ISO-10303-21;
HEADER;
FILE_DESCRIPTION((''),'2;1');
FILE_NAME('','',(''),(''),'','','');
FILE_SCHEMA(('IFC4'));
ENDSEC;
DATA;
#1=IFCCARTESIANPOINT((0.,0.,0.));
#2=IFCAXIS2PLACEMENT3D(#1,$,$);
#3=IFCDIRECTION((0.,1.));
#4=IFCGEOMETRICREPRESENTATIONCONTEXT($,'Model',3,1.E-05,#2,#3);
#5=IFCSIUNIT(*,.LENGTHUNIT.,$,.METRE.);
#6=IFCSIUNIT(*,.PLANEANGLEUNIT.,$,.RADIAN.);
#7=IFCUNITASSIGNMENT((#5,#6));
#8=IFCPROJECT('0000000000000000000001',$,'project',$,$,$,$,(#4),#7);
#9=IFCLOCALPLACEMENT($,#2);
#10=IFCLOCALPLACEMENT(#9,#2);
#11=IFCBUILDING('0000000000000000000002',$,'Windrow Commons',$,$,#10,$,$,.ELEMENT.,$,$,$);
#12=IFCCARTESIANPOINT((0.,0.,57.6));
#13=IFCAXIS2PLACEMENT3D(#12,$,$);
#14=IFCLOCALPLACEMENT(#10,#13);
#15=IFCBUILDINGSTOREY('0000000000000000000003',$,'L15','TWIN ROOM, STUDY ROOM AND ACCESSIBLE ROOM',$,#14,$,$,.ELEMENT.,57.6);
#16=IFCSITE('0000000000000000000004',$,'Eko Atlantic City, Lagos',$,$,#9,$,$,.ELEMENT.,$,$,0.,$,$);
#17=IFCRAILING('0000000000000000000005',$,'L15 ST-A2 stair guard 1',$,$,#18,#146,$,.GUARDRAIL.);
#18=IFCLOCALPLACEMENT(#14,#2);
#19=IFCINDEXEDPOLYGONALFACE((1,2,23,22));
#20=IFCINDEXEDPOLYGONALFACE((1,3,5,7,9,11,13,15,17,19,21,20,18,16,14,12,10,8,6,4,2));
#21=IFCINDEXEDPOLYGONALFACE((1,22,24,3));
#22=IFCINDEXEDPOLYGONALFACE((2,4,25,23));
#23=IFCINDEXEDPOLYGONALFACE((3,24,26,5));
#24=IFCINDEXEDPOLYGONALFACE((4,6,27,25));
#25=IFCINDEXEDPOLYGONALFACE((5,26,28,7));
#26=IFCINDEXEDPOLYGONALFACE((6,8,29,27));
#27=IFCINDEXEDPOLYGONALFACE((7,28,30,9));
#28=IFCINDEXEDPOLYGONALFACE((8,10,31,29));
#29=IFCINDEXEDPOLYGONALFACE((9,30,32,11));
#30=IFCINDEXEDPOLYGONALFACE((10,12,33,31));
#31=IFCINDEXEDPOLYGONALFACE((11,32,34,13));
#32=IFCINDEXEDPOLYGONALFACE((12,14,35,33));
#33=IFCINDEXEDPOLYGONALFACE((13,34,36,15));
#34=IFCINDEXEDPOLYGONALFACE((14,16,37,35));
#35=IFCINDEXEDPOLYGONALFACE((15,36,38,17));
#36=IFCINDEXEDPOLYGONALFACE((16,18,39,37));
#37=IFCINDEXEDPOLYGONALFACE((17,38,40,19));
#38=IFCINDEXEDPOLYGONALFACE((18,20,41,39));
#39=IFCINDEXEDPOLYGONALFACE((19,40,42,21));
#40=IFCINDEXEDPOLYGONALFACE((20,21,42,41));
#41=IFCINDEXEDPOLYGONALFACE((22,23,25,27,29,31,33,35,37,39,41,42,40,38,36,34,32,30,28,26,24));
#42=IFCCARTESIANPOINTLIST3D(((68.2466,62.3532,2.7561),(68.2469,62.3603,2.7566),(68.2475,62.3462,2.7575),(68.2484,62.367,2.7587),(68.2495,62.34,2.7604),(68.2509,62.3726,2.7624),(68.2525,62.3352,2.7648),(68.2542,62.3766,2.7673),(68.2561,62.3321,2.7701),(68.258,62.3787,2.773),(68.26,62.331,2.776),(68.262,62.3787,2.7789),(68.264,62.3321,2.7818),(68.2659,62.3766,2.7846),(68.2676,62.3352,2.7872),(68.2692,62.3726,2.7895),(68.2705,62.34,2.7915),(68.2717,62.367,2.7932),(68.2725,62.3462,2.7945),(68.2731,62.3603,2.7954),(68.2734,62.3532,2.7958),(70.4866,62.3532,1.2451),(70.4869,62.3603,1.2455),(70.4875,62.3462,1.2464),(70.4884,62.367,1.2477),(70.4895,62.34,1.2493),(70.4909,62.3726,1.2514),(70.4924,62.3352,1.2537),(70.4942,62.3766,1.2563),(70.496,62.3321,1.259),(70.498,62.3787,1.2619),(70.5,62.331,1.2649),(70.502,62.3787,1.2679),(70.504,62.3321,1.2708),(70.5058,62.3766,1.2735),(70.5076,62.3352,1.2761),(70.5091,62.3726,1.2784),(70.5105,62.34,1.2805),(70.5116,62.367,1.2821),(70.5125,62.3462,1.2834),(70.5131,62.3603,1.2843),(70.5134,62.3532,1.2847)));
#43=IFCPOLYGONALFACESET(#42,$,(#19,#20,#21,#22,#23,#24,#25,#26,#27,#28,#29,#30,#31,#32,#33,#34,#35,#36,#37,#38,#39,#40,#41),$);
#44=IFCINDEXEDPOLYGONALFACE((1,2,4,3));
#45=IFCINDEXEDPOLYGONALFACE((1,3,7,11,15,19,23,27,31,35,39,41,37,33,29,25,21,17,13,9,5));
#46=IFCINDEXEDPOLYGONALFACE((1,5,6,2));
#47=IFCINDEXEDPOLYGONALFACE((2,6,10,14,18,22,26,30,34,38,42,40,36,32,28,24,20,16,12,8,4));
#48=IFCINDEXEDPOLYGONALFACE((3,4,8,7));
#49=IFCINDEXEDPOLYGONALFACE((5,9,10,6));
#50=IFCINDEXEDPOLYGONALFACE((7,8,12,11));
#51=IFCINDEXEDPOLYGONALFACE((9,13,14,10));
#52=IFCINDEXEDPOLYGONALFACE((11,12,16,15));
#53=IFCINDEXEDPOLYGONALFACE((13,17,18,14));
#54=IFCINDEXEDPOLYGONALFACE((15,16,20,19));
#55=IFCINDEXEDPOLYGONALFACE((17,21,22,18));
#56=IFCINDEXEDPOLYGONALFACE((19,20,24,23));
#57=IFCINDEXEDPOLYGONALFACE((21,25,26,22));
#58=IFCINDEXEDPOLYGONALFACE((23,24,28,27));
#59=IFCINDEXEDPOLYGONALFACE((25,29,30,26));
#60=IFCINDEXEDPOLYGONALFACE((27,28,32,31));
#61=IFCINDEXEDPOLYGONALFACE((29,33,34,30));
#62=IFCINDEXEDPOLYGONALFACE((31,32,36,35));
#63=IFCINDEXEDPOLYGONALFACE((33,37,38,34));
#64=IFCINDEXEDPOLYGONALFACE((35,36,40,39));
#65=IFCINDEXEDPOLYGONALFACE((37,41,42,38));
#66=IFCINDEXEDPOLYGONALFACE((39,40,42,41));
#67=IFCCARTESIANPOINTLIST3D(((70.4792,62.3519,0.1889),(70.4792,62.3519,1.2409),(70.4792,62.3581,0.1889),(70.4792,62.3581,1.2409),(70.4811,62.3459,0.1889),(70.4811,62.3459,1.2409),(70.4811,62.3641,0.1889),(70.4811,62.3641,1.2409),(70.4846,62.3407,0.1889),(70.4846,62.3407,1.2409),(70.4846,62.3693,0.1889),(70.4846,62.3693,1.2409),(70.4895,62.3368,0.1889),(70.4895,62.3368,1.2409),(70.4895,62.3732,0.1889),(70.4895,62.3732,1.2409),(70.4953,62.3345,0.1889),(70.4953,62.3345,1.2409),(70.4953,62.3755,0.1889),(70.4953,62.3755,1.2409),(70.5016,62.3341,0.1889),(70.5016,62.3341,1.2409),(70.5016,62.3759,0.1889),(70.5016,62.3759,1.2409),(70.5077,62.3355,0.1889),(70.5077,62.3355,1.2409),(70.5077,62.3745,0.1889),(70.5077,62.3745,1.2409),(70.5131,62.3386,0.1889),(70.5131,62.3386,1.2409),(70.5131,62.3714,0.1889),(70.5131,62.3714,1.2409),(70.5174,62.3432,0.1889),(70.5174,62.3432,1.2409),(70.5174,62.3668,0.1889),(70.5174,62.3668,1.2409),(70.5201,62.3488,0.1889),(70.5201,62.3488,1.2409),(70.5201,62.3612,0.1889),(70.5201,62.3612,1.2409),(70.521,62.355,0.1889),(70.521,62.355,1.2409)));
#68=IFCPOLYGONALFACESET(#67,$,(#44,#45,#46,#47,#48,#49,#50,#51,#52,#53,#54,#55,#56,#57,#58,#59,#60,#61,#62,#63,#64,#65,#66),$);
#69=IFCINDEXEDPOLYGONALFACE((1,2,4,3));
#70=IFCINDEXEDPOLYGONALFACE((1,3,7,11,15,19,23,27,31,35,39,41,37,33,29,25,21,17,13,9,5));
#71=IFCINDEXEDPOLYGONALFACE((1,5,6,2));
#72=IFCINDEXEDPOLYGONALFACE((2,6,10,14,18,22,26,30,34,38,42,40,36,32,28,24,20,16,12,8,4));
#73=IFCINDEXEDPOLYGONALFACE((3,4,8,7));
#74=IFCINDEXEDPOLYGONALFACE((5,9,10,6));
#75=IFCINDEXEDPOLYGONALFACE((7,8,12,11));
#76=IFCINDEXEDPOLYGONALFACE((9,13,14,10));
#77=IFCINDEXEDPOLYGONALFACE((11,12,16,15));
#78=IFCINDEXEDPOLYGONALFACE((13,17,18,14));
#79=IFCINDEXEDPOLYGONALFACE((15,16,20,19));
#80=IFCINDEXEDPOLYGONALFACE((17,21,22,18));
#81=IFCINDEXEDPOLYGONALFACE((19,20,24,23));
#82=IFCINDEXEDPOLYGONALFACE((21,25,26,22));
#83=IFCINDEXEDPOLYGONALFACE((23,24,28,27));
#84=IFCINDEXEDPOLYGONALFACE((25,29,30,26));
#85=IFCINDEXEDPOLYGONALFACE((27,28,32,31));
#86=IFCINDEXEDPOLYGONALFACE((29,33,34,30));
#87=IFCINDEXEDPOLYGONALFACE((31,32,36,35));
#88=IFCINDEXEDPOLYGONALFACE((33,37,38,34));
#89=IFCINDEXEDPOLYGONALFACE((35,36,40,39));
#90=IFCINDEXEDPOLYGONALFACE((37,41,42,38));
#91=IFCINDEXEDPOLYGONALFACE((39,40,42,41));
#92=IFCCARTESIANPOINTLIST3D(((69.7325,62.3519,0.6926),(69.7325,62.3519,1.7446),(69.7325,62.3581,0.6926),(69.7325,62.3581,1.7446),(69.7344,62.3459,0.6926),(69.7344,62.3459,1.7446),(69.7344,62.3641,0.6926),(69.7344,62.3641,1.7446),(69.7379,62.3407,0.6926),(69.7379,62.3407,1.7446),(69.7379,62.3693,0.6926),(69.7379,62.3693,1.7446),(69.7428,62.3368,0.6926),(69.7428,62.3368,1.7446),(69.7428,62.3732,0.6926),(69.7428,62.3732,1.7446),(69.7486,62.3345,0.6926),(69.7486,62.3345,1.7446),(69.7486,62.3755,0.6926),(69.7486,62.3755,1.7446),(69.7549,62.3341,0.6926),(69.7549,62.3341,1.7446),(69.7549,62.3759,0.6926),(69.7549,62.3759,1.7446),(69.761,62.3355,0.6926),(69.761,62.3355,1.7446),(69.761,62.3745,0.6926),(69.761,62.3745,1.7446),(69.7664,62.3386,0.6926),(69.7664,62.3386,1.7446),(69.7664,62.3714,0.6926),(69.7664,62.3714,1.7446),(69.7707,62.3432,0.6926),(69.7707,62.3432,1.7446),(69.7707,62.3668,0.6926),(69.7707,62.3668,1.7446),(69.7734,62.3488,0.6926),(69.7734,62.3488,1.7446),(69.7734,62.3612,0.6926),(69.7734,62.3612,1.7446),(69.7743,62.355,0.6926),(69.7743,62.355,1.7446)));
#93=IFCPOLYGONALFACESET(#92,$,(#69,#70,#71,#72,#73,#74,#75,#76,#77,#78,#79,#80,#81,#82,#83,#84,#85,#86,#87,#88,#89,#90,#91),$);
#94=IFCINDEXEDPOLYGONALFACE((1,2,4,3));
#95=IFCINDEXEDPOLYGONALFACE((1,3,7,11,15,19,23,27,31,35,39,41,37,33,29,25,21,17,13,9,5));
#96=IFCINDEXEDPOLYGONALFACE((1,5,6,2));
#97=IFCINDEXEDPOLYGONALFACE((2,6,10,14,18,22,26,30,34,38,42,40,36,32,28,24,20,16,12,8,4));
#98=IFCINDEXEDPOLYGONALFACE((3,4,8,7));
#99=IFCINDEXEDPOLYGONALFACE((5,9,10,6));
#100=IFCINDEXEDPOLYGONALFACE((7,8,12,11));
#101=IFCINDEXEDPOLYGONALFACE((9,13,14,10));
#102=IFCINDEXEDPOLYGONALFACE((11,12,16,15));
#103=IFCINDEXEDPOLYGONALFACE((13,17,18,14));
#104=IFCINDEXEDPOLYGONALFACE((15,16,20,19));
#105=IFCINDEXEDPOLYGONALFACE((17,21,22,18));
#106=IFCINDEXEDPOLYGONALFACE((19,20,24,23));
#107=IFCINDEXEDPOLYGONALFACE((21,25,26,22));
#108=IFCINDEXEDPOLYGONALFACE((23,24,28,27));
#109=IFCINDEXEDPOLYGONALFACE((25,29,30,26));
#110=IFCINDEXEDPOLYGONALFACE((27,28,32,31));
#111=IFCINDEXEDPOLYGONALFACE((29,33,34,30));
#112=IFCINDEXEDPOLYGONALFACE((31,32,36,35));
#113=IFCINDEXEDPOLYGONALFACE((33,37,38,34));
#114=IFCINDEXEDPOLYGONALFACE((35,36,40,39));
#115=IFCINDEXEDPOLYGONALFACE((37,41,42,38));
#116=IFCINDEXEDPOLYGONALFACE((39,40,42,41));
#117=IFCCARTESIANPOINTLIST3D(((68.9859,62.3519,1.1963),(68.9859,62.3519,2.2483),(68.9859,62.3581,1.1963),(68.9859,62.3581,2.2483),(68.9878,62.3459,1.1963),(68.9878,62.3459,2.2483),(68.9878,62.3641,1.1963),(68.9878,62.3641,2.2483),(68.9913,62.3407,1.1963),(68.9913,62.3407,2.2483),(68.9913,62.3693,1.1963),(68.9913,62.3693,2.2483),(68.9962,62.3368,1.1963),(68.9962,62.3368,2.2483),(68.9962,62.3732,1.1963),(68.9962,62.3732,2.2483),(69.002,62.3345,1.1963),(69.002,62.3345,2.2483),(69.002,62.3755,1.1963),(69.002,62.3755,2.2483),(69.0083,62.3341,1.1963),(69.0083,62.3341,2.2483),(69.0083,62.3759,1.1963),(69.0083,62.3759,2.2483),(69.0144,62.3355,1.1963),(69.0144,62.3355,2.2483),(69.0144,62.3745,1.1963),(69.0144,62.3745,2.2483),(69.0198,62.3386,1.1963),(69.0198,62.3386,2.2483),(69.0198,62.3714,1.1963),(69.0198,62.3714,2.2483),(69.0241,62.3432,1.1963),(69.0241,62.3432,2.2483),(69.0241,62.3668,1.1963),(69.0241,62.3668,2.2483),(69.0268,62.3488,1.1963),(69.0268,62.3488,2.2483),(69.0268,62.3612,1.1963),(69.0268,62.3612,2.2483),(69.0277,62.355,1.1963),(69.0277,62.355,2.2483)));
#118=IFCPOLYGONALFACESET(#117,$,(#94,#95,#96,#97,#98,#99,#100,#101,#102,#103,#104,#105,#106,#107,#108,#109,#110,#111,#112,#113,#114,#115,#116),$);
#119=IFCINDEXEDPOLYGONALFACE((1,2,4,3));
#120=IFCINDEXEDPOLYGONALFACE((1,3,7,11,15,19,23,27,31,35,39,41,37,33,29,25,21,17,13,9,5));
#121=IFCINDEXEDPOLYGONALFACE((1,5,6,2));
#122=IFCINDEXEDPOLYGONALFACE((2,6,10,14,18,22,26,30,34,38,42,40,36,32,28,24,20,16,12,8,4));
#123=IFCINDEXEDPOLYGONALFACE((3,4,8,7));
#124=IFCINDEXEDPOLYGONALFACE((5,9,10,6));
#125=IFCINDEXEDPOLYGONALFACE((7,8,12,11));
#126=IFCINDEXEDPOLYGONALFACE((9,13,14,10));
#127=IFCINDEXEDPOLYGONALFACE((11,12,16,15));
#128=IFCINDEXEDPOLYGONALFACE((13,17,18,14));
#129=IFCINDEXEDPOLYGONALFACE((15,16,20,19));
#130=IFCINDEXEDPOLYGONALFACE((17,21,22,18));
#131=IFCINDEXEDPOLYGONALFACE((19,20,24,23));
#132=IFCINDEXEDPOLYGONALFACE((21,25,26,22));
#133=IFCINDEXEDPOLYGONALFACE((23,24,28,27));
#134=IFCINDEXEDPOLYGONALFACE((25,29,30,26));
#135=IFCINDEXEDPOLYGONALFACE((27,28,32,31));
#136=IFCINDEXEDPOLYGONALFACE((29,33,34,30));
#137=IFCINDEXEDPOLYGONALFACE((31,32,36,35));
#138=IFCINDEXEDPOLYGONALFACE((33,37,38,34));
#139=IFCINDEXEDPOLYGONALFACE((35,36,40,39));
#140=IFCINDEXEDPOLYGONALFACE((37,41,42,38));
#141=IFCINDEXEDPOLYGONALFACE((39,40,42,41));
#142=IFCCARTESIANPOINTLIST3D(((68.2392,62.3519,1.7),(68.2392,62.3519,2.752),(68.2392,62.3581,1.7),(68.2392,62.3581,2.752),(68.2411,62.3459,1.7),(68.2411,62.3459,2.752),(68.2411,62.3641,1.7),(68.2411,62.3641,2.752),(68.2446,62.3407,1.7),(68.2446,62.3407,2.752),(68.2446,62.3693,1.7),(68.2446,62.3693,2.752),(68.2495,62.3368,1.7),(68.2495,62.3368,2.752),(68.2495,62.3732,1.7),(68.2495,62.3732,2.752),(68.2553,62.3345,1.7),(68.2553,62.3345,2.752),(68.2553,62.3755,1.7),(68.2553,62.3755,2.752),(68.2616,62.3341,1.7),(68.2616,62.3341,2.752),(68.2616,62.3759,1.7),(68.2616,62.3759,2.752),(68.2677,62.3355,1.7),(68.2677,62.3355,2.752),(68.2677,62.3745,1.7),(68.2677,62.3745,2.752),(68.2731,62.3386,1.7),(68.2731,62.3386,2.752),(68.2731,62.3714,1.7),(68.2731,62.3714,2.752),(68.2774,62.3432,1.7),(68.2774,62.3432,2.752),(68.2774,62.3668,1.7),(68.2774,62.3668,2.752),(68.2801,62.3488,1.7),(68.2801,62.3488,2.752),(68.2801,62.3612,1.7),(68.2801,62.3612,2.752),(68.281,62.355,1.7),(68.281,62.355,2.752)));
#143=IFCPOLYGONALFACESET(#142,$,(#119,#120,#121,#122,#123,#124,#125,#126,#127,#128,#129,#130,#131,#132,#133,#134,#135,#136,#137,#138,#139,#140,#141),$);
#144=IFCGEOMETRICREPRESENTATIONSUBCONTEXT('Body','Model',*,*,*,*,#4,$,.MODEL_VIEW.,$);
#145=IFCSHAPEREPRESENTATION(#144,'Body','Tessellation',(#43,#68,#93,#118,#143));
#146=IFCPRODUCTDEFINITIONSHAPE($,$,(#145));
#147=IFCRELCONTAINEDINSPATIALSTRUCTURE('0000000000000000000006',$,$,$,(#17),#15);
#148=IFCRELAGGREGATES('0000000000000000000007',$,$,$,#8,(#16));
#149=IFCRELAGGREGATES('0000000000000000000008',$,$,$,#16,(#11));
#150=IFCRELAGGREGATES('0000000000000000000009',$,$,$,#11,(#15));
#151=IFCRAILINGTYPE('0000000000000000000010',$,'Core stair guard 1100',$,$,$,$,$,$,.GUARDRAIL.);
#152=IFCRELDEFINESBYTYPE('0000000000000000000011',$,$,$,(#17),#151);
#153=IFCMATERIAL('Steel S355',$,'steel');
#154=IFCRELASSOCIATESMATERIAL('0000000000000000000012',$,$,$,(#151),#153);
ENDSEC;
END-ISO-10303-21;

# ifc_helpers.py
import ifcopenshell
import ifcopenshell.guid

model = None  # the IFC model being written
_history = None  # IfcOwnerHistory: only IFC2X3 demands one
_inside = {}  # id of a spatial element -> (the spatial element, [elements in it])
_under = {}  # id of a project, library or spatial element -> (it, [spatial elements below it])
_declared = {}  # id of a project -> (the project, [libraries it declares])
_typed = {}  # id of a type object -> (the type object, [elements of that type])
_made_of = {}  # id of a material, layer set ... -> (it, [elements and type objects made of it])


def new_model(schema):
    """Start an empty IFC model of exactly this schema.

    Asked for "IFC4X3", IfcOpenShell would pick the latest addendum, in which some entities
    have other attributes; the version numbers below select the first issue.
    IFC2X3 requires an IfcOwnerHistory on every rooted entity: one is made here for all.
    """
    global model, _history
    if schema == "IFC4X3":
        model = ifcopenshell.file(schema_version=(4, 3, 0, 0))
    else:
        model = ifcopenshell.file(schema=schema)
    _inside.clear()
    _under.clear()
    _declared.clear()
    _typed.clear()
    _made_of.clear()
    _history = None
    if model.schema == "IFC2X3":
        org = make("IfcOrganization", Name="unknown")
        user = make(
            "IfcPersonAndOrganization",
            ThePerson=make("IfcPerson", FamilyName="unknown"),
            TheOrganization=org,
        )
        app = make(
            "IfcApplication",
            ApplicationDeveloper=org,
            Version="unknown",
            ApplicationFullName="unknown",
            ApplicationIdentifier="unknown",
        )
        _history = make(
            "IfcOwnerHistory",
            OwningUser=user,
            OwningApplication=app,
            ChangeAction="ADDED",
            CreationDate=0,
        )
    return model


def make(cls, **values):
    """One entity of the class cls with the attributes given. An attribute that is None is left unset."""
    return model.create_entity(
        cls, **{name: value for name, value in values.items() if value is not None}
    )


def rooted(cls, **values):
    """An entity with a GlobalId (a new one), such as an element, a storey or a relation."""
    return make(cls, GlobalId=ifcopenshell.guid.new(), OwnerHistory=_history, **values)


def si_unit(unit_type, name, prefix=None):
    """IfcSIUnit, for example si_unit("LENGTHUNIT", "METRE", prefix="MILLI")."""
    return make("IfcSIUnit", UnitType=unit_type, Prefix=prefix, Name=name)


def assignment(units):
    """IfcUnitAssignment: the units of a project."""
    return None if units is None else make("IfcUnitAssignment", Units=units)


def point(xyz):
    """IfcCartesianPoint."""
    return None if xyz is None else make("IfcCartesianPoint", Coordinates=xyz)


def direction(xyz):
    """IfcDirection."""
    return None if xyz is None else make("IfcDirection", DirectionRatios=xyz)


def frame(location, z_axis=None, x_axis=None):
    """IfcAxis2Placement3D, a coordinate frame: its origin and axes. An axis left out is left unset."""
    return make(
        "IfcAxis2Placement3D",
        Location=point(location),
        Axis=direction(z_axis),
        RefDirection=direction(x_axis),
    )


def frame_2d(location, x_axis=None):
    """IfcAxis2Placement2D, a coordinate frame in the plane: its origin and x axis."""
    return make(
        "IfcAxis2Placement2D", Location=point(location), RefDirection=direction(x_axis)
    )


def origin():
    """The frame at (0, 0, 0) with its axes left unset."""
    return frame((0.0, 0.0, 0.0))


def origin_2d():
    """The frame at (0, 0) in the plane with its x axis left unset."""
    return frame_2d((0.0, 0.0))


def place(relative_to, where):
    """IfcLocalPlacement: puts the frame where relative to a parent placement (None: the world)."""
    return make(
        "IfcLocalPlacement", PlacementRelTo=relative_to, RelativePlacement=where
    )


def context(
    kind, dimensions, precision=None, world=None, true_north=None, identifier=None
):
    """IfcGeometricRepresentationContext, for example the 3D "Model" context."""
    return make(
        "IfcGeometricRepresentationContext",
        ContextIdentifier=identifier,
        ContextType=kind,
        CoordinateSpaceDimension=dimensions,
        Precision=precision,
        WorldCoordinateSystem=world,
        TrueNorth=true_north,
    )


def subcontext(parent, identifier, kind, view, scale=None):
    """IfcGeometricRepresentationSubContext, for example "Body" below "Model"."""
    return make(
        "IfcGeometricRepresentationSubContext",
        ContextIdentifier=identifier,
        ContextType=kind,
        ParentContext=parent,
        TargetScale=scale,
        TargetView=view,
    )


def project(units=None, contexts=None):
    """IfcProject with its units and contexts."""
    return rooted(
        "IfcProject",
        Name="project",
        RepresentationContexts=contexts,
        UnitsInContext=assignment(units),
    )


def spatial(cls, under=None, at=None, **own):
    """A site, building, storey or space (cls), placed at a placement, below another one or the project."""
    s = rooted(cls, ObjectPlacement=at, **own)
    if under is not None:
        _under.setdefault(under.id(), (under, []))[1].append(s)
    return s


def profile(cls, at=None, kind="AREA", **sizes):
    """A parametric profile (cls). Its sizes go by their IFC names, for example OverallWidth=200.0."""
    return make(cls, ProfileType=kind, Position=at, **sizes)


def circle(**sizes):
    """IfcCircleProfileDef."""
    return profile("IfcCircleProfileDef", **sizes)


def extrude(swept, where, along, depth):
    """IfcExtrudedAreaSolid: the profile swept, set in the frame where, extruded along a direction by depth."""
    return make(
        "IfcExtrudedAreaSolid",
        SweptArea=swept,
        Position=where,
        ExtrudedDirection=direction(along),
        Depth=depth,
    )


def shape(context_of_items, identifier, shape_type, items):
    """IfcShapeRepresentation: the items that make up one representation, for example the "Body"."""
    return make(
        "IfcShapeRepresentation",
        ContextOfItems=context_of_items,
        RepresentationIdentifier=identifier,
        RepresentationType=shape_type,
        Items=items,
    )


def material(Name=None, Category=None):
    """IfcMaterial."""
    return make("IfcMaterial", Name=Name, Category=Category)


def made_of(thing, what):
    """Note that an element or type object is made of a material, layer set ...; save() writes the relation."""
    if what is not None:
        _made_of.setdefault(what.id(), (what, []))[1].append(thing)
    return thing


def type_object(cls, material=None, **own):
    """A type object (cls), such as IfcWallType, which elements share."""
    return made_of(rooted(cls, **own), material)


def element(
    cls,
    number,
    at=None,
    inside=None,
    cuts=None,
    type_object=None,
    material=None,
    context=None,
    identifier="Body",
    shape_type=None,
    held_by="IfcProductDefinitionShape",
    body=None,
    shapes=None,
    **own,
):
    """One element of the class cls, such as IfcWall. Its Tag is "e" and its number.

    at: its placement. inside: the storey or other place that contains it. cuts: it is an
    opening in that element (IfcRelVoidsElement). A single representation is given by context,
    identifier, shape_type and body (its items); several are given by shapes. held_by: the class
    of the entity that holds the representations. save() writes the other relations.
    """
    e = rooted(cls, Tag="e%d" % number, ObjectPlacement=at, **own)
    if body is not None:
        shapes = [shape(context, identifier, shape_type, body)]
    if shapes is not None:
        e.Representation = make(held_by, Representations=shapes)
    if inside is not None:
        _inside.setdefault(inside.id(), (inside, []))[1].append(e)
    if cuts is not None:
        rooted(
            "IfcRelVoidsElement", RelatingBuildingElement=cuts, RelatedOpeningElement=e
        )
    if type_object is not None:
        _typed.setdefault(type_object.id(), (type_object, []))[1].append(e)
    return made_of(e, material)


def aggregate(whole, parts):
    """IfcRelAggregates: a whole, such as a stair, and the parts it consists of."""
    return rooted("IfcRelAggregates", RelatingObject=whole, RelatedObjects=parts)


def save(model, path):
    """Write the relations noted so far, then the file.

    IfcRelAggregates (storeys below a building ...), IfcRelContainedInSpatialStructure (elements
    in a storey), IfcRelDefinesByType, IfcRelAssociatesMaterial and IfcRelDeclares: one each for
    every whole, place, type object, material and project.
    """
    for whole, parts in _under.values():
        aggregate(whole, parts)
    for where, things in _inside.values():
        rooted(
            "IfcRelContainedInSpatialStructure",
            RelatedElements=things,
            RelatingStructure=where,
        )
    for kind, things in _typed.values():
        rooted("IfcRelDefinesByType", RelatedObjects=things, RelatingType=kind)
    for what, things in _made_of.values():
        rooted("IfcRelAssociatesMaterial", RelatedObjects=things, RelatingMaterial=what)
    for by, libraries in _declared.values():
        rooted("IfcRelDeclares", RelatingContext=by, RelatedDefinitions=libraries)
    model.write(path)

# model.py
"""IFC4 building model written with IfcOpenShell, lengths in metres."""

from ifc_helpers import new_model, si_unit, direction, frame, origin, origin_2d, place, context, subcontext, project, spatial, circle, extrude, material, type_object, element, save


model = new_model("IFC4")

# Units and contexts
model_context = context("Model", 3, precision=1e-05, world=origin(), true_north=direction((0.0, 1.0)))
body_context = subcontext(model_context, "Body", "Model", "MODEL_VIEW")
ifc_project = project(units=[si_unit("LENGTHUNIT", "METRE"), si_unit("PLANEANGLEUNIT", "RADIAN")], contexts=[model_context])

# Site, building, storey
site_placement = place(None, origin())
site = spatial("IfcSite", under=ifc_project, at=site_placement, Name="Eko Atlantic City, Lagos", CompositionType="ELEMENT", RefElevation=0.0)
building_placement = place(site_placement, origin())
building = spatial("IfcBuilding", under=site, at=building_placement, Name="Windrow Commons", CompositionType="ELEMENT")
storey_placement = place(building_placement, frame((0.0, 0.0, 57.6)))
storey = spatial("IfcBuildingStorey", under=building, at=storey_placement, Name="L15", Description="TWIN ROOM, STUDY ROOM AND ACCESSIBLE ROOM", CompositionType="ELEMENT", Elevation=57.6)

# Railing
ifc_material_1 = material(Name="Steel S355", Category="steel")
railing_type_1 = type_object("IfcRailingType", Name="Core stair guard 1100", PredefinedType="GUARDRAIL", material=ifc_material_1)
railing_1_placement = place(storey_placement, frame((70.5, 62.355, 0.1889)))
element("IfcRailing", 1, at=railing_1_placement, inside=storey, type_object=railing_type_1, Name="L15 ST-A2 stair guard 1", PredefinedType="GUARDRAIL", context=body_context, shape_type="SweptSolid", body=[
    extrude(circle(Radius=0.024, at=origin_2d()), frame((0.0, 0.0, 1.076), z_axis=(-0.829003, 0.0, 0.559244), x_axis=(0.0, -1.0, 0.0)), (0.0, 0.0, 1.0), 2.702),
    extrude(circle(Radius=0.021, at=origin_2d()), origin(), (0.0, 0.0, 1.0), 1.052),
    extrude(circle(Radius=0.021, at=origin_2d()), frame((-0.7467, 0.0, 0.5037)), (0.0, 0.0, 1.0), 1.052),
    extrude(circle(Radius=0.021, at=origin_2d()), frame((-1.4933, 0.0, 1.0074)), (0.0, 0.0, 1.0), 1.052),
    extrude(circle(Radius=0.021, at=origin_2d()), frame((-2.24, 0.0, 1.5111)), (0.0, 0.0, 1.0), 1.052),
])

save(model, "model.ifc")
